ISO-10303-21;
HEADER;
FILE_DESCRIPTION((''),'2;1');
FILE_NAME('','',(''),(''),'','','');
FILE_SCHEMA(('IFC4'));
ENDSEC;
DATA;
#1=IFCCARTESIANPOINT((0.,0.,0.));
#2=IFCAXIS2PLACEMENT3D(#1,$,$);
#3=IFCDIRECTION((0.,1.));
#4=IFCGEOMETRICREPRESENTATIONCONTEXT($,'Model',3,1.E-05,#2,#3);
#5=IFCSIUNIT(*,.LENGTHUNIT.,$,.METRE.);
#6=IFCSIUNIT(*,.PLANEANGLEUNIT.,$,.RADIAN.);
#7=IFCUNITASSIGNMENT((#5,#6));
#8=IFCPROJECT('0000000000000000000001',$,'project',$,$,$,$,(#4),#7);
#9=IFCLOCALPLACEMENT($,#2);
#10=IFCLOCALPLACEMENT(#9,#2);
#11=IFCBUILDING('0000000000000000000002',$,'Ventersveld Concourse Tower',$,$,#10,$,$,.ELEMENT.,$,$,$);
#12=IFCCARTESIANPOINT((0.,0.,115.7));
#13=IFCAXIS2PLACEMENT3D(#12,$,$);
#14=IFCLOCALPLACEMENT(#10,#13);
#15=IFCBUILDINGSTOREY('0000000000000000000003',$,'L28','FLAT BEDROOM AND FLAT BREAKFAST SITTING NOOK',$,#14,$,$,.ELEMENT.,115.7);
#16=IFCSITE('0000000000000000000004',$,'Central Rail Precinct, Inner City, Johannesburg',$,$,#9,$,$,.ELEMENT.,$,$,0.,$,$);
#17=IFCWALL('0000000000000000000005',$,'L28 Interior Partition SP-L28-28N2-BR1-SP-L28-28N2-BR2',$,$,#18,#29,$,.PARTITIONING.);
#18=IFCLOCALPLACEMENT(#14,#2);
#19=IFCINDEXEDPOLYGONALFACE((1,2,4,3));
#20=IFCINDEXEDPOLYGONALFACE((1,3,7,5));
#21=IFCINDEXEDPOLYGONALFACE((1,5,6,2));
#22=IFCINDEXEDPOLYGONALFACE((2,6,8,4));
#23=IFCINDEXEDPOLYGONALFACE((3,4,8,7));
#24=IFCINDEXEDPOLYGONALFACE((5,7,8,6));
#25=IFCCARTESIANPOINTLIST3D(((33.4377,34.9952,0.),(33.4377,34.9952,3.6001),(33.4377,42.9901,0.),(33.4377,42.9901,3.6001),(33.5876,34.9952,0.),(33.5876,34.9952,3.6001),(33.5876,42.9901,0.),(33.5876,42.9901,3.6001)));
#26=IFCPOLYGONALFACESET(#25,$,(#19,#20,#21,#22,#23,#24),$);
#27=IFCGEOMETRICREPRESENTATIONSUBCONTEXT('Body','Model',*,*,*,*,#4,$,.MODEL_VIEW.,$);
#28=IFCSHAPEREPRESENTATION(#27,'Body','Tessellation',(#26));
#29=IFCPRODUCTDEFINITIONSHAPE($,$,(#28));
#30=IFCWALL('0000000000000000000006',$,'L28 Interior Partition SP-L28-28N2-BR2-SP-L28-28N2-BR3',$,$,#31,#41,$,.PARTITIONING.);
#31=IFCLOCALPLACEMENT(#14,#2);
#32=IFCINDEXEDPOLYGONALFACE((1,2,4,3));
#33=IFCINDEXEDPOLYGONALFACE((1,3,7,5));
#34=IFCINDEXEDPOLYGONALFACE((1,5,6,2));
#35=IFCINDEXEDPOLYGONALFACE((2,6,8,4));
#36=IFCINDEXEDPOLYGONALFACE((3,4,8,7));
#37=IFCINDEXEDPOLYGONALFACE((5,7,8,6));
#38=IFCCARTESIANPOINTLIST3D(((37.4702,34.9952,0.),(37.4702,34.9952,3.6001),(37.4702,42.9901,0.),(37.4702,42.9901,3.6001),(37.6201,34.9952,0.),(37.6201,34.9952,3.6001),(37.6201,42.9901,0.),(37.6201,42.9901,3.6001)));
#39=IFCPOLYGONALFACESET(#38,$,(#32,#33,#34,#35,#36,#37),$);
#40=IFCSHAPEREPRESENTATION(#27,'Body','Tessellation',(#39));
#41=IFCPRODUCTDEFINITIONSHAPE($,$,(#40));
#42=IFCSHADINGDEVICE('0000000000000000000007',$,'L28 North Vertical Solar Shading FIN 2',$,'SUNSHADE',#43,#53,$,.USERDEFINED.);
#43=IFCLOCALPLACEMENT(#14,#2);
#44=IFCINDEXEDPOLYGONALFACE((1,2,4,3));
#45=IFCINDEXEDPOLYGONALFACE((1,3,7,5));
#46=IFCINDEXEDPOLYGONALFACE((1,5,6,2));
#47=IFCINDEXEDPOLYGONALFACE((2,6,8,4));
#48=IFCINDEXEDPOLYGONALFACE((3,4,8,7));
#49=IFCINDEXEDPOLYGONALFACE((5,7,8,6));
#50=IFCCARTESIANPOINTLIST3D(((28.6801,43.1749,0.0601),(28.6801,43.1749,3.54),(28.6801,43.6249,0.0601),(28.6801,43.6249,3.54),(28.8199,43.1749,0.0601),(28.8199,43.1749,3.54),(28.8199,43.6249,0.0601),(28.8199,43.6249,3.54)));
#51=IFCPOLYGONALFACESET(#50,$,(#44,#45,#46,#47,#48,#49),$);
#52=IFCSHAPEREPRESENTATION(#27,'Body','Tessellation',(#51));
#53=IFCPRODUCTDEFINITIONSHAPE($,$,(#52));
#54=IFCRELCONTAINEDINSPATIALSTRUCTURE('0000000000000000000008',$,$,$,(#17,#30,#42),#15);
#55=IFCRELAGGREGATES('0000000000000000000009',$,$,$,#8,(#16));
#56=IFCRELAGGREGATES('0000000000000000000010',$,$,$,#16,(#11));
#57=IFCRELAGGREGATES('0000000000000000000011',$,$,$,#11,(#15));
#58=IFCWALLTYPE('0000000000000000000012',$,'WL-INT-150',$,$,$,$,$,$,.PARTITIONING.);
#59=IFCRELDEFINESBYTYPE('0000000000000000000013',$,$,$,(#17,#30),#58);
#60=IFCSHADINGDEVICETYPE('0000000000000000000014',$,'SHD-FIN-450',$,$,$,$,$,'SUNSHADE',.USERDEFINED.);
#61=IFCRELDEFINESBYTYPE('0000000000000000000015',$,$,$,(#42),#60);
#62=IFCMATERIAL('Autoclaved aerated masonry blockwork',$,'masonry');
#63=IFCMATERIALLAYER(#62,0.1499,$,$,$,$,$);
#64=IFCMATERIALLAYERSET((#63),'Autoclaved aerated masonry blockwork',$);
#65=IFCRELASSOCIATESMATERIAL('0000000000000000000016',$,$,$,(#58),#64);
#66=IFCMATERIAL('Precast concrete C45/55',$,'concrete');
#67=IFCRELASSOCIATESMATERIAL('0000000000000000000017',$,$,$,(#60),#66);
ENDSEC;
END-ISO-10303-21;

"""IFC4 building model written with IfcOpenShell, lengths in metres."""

from ifc_helpers import new_model, si_unit, direction, frame, frame_2d, origin, origin_2d, place, context, subcontext, project, spatial, rectangle, extrude, material, layer, layer_set, type_object, element, save


model = new_model("IFC4")

# Units and contexts
model_context = context("Model", 3, precision=1e-05, world=origin(), true_north=direction((0.0, 1.0)))
body_context = subcontext(model_context, "Body", "Model", "MODEL_VIEW")
ifc_project = project(units=[si_unit("LENGTHUNIT", "METRE"), si_unit("PLANEANGLEUNIT", "RADIAN")], contexts=[model_context])

# Site, building, storey
site_placement = place(None, origin())
site = spatial("IfcSite", under=ifc_project, at=site_placement, Name="Central Rail Precinct, Inner City, Johannesburg", CompositionType="ELEMENT", RefElevation=0.0)
building_placement = place(site_placement, origin())
building = spatial("IfcBuilding", under=site, at=building_placement, Name="Ventersveld Concourse Tower", CompositionType="ELEMENT")
storey_placement = place(building_placement, frame((0.0, 0.0, 115.7)))
storey = spatial("IfcBuildingStorey", under=building, at=storey_placement, Name="L28", Description="FLAT BEDROOM AND FLAT BREAKFAST SITTING NOOK", CompositionType="ELEMENT", Elevation=115.7)

# Shared definitions
ifc_material_1 = material(Name="Autoclaved aerated masonry blockwork", Category="masonry")
ifc_layer_1 = layer(ifc_material_1, 0.1499)
ifc_layer_set_1 = layer_set([ifc_layer_1], Name="Autoclaved aerated masonry blockwork")
wall_type_1 = type_object("IfcWallType", Name="WL-INT-150", PredefinedType="PARTITIONING", material=ifc_layer_set_1)

# Walls
for number, where, z_axis, x_axis, name in (
    (1, (33.5127, 34.9951, 0.0), (0.0, 0.0, 1.0), (0.0, 1.0, 0.0), "L28 Interior Partition SP-L28-28N2-BR1-SP-L28-28N2-BR2"),
    (2, (37.5452, 34.9951, 0.0), (0.0, 0.0, 1.0), (0.0, 1.0, 0.0), "L28 Interior Partition SP-L28-28N2-BR2-SP-L28-28N2-BR3"),
):
    element("IfcWall", number, at=place(storey_placement, frame(where, z_axis=z_axis, x_axis=x_axis)), inside=storey, type_object=wall_type_1, Name=name, PredefinedType="PARTITIONING", context=body_context, shape_type="SweptSolid", body=[
        extrude(rectangle(XDim=7.9949, YDim=0.1499, at=frame_2d((3.9976, 0.0))), origin(), (0.0, 0.0, 1.0), 3.6001),
    ])

# Shading device
ifc_material_2 = material(Name="Precast concrete C45/55", Category="concrete")
shading_device_type = type_object("IfcShadingDeviceType", Name="SHD-FIN-450", ElementType="SUNSHADE", PredefinedType="USERDEFINED", material=ifc_material_2)
shading_device_placement = place(storey_placement, frame((28.75, 43.3999, 0.0601), z_axis=(0.0, 0.0, 1.0), x_axis=(1.0, 0.0, 0.0)))
element("IfcShadingDevice", 3, at=shading_device_placement, inside=storey, type_object=shading_device_type, Name="L28 North Vertical Solar Shading FIN 2", ObjectType="SUNSHADE", PredefinedType="USERDEFINED", context=body_context, shape_type="SweptSolid", body=[
    extrude(rectangle(XDim=0.1399, YDim=0.45, at=origin_2d()), origin(), (0.0, 0.0, 1.0), 3.48),
])

save(model, "model.ifc")
